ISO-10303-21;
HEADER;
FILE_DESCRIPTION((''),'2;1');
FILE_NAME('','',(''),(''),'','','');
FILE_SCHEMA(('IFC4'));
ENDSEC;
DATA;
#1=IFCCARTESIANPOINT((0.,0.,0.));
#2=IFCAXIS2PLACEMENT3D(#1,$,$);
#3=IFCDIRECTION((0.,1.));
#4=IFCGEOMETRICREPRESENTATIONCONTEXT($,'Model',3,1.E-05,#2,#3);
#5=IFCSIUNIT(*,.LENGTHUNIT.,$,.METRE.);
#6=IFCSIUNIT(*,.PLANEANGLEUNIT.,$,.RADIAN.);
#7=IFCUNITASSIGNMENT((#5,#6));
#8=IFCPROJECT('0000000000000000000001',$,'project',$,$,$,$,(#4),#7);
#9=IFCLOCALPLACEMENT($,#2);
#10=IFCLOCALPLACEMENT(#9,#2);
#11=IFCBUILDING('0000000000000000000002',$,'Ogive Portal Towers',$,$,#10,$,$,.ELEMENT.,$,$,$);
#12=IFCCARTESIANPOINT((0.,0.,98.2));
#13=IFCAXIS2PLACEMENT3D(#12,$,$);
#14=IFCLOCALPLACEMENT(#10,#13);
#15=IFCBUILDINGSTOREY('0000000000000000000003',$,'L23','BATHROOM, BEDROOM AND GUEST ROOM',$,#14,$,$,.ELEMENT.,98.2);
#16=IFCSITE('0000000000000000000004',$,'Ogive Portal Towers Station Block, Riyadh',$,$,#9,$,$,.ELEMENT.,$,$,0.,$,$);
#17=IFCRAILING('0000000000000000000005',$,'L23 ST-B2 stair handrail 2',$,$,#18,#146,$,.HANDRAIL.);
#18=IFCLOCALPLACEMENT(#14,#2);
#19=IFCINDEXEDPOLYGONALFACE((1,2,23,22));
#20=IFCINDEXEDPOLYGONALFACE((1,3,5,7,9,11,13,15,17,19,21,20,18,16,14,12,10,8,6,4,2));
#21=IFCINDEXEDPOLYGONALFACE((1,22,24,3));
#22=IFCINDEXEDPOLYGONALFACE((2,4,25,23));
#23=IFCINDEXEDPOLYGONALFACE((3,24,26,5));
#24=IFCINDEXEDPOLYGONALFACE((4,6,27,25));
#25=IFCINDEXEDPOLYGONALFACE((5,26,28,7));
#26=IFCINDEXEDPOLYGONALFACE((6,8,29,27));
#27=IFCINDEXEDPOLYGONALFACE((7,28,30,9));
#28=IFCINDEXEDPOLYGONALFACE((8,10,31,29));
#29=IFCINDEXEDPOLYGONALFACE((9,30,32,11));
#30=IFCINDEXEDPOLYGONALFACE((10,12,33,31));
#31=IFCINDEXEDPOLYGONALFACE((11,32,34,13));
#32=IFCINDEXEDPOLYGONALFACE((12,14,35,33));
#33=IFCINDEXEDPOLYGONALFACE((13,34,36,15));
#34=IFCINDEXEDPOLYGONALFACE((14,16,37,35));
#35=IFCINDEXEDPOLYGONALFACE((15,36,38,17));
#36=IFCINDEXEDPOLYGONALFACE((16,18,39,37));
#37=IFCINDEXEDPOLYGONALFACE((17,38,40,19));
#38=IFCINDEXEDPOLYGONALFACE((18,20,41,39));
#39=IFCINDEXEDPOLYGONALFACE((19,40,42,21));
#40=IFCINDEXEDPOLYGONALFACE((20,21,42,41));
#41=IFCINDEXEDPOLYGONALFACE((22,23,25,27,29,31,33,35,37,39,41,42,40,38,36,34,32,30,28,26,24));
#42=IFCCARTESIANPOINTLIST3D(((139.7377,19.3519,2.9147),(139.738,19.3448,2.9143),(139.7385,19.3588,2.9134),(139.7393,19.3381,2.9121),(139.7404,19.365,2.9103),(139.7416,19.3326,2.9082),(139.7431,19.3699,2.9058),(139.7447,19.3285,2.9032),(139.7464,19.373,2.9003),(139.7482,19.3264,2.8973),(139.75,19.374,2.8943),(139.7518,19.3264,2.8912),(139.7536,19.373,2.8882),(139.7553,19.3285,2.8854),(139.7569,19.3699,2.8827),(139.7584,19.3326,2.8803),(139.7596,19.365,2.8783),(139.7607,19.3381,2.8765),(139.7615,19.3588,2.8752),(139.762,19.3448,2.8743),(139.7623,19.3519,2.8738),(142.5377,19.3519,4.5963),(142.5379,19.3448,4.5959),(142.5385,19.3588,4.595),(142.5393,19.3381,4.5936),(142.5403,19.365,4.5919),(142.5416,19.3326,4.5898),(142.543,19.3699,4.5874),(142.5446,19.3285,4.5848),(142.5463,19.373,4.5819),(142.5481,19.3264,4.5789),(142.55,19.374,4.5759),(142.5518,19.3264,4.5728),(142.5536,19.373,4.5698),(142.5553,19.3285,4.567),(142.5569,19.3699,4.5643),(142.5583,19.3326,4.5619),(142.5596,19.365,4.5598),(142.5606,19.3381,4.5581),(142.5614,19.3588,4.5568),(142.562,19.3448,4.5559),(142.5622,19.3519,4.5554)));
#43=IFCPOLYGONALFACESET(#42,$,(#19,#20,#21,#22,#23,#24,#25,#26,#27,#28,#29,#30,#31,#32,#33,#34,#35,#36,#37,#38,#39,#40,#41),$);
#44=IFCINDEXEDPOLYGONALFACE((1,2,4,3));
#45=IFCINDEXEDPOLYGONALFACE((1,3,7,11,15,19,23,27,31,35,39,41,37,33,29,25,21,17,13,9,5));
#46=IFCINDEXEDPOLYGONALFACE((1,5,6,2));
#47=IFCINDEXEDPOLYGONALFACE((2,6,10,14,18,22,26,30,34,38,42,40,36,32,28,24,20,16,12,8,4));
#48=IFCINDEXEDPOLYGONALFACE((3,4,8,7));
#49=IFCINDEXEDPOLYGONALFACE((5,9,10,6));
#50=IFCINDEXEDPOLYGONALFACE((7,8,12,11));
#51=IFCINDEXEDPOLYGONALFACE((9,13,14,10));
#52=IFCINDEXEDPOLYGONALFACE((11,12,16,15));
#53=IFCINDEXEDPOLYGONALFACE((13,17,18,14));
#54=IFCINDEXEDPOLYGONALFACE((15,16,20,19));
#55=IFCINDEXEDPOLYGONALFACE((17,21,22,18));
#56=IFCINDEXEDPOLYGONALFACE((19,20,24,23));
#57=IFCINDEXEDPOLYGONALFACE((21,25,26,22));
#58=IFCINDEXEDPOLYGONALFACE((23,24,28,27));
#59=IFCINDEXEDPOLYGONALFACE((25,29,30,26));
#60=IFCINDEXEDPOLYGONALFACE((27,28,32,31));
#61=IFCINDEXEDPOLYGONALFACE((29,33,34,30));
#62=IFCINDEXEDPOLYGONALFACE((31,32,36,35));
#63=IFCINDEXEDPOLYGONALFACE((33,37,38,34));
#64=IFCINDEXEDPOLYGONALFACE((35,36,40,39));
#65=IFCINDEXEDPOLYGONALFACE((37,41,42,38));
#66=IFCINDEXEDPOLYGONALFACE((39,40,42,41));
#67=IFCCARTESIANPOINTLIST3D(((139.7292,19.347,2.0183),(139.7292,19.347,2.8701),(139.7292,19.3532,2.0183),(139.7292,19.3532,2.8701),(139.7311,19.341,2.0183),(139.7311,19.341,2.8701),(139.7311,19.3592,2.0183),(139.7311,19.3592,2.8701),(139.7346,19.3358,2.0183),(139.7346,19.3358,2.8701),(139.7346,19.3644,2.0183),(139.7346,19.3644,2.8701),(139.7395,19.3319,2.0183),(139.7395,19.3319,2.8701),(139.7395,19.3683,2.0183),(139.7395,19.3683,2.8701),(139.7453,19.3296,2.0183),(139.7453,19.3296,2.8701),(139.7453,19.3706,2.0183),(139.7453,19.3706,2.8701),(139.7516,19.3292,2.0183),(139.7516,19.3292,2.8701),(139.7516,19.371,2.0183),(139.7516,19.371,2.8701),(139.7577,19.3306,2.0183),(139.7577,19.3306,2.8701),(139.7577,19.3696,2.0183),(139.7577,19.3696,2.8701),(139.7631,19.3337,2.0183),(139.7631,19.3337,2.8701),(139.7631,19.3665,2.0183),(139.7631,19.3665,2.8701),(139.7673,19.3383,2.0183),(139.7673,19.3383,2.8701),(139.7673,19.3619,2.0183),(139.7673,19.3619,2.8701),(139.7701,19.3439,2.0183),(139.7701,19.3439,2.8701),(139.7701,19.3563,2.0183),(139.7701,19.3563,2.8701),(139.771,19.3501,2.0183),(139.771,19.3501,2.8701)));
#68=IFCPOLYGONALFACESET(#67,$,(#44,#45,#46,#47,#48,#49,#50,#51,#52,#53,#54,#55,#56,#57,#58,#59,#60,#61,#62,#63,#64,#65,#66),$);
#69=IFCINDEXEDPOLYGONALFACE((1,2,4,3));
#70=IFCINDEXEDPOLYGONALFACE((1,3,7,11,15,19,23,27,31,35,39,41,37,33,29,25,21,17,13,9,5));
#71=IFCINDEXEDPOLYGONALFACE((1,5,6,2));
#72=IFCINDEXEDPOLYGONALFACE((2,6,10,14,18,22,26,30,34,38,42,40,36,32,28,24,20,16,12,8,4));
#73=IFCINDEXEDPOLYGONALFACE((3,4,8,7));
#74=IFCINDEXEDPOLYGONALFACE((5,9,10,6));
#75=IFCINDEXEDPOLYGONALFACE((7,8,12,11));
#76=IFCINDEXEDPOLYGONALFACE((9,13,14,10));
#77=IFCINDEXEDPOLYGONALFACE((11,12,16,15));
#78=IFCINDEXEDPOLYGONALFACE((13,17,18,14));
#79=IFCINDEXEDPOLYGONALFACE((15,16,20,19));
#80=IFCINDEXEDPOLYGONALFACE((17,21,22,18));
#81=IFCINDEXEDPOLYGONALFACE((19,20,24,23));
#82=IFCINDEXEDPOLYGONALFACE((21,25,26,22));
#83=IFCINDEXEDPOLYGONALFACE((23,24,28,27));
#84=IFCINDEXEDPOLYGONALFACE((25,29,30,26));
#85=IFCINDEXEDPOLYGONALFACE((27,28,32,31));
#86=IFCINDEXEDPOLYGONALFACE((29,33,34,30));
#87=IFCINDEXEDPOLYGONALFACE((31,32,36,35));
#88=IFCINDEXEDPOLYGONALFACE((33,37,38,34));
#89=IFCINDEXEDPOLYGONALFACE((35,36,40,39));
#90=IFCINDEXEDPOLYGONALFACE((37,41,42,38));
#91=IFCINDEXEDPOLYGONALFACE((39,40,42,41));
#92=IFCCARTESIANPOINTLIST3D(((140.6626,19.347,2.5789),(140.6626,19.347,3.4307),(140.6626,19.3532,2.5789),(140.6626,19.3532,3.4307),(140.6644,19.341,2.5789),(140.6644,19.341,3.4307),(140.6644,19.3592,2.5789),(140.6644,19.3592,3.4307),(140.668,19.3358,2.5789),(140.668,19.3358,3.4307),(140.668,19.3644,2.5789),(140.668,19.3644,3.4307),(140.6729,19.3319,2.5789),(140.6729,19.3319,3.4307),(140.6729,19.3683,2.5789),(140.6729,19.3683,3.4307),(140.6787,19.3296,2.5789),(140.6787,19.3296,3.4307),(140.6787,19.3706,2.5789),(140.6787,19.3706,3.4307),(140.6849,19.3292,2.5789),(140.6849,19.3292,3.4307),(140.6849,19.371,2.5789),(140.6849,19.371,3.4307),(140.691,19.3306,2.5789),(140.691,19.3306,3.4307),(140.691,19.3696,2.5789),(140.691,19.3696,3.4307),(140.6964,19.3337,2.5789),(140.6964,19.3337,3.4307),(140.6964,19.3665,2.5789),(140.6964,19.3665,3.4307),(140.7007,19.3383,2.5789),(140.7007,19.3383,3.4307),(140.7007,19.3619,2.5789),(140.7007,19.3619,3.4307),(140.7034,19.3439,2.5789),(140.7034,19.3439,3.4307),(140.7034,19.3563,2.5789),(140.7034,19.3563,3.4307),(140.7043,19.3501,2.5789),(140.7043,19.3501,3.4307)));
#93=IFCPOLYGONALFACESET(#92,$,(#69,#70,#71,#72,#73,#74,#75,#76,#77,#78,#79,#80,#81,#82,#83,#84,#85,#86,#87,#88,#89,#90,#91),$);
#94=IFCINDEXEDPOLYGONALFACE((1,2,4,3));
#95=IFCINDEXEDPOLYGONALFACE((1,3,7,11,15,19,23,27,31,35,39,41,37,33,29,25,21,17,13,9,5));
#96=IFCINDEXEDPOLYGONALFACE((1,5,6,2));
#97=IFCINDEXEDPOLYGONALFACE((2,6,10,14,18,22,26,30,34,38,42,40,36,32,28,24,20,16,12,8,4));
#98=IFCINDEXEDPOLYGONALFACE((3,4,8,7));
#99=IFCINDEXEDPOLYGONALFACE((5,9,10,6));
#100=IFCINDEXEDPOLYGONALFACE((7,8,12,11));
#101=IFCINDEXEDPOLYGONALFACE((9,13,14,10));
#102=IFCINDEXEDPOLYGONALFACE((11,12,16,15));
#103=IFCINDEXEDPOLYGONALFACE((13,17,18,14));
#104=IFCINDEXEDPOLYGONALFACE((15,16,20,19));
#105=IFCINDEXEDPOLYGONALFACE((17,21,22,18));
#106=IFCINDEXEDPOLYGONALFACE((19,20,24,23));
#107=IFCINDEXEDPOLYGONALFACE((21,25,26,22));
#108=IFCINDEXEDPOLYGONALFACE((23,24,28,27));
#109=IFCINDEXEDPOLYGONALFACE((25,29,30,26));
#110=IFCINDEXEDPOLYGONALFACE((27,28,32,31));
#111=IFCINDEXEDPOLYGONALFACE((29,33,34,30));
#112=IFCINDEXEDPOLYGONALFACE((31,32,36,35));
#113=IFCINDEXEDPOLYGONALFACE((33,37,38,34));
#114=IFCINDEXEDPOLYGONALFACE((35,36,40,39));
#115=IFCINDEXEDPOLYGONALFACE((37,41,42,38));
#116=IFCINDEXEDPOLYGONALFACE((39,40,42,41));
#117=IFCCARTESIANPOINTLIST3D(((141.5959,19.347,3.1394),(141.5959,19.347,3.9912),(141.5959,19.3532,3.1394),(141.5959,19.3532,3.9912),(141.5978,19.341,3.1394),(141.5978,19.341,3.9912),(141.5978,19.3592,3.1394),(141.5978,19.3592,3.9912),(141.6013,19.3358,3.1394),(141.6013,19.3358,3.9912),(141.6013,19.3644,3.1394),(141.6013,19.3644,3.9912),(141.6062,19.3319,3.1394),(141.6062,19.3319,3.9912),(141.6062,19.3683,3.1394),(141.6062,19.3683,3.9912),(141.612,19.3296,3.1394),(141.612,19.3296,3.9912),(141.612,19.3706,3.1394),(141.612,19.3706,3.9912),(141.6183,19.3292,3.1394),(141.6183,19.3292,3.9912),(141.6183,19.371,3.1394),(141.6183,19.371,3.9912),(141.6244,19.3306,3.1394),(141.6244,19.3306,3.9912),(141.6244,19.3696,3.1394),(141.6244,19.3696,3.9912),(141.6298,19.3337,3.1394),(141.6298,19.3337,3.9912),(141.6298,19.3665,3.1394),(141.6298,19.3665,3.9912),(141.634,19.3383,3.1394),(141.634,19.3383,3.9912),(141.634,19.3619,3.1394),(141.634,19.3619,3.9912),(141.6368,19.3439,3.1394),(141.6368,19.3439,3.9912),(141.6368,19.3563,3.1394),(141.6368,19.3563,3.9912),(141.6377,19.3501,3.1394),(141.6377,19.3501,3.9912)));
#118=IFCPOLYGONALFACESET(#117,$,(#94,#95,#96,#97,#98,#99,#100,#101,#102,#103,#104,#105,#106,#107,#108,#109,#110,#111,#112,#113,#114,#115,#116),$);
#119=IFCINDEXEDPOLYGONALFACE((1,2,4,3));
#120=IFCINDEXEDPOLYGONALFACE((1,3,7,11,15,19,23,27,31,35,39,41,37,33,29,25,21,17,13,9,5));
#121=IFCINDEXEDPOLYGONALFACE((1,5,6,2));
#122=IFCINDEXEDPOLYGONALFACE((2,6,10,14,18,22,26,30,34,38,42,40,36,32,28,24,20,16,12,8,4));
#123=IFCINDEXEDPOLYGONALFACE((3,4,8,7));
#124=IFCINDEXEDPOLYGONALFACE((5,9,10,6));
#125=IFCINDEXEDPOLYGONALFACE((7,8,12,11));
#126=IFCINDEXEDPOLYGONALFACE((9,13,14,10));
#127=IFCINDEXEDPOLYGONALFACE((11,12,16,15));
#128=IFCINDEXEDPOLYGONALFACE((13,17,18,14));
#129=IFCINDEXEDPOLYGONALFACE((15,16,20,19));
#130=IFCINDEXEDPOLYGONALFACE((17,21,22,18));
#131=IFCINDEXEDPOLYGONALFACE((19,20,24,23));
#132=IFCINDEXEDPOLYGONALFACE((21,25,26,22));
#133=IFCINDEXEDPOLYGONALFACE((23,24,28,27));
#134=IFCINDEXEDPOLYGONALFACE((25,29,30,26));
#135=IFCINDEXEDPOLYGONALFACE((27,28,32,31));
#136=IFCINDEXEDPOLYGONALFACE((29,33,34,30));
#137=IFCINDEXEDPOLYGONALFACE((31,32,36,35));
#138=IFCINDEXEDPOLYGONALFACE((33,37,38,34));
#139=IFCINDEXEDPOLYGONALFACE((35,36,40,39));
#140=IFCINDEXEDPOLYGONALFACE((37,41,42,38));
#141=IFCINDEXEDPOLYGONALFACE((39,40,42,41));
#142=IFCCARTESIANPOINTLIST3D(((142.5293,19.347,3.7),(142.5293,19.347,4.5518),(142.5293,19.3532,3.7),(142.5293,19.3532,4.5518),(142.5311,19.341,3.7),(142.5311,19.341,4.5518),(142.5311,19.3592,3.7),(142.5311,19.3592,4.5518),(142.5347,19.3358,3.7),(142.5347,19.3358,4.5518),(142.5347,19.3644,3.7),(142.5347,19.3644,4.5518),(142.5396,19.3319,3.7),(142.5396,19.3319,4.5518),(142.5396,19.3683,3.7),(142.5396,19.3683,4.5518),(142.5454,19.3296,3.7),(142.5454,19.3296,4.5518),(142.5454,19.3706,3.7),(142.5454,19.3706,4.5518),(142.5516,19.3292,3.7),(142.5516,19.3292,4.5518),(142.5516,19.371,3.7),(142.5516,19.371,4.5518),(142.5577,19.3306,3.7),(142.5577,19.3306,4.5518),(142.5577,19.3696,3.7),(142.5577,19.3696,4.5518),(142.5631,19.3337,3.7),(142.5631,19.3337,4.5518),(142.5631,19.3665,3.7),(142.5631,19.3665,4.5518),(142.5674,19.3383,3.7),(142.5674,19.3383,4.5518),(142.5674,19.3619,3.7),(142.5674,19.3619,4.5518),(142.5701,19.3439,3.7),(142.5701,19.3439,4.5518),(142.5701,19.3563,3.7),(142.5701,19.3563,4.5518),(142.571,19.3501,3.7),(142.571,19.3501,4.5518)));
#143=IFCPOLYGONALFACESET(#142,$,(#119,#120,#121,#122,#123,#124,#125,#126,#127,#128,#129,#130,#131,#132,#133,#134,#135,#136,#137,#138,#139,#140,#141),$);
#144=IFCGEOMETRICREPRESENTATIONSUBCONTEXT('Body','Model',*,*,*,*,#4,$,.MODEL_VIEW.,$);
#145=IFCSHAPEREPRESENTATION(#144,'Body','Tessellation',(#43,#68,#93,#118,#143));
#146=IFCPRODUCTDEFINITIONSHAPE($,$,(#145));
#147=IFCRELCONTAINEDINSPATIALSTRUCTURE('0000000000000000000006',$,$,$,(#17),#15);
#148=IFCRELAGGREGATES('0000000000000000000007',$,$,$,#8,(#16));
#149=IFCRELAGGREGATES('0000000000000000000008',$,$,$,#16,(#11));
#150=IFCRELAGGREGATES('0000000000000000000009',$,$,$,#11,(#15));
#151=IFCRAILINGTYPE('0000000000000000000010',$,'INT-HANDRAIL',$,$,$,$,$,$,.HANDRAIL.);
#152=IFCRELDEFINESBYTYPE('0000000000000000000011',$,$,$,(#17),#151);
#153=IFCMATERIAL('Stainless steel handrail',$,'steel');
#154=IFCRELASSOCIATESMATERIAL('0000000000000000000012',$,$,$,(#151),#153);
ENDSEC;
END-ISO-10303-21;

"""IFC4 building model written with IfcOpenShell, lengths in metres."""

from ifc_helpers import new_model, si_unit, direction, frame, origin, origin_2d, place, context, subcontext, project, spatial, circle, extrude, material, type_object, element, save


model = new_model("IFC4")

# Units and contexts
model_context = context("Model", 3, precision=1e-05, world=origin(), true_north=direction((0.0, 1.0)))
body_context = subcontext(model_context, "Body", "Model", "MODEL_VIEW")
ifc_project = project(units=[si_unit("LENGTHUNIT", "METRE"), si_unit("PLANEANGLEUNIT", "RADIAN")], contexts=[model_context])

# Site, building, storey
site_placement = place(None, origin())
site = spatial("IfcSite", under=ifc_project, at=site_placement, Name="Ogive Portal Towers Station Block, Riyadh", CompositionType="ELEMENT", RefElevation=0.0)
building_placement = place(site_placement, origin())
building = spatial("IfcBuilding", under=site, at=building_placement, Name="Ogive Portal Towers", CompositionType="ELEMENT")
storey_placement = place(building_placement, frame((0.0, 0.0, 98.2)))
storey = spatial("IfcBuildingStorey", under=building, at=storey_placement, Name="L23", Description="BATHROOM, BEDROOM AND GUEST ROOM", CompositionType="ELEMENT", Elevation=98.2)

# Railing
ifc_material_1 = material(Name="Stainless steel handrail", Category="steel")
railing_type_1 = type_object("IfcRailingType", Name="INT-HANDRAIL", PredefinedType="HANDRAIL", material=ifc_material_1)
railing_1_placement = place(storey_placement, frame((139.75, 19.3501, 2.0183)))
element("IfcRailing", 1, at=railing_1_placement, inside=storey, type_object=railing_type_1, Name="L23 ST-B2 stair handrail 2", PredefinedType="HANDRAIL", context=body_context, shape_type="SweptSolid", body=[
    extrude(circle(Radius=0.0239, at=origin_2d()), frame((0.0, 0.0, 0.876), z_axis=(0.857275, 0.0, 0.514858), x_axis=(0.0, 1.0, 0.0)), (0.0, 0.0, 1.0), 3.2661),
    extrude(circle(Radius=0.021, at=origin_2d()), origin(), (0.0, 0.0, 1.0), 0.8518),
    extrude(circle(Radius=0.021, at=origin_2d()), frame((0.9333, 0.0, 0.5605)), (0.0, 0.0, 1.0), 0.8518),
    extrude(circle(Radius=0.021, at=origin_2d()), frame((1.8667, 0.0, 1.1211)), (0.0, 0.0, 1.0), 0.8518),
    extrude(circle(Radius=0.021, at=origin_2d()), frame((2.8, 0.0, 1.6816)), (0.0, 0.0, 1.0), 0.8518),
])

save(model, "model.ifc")
